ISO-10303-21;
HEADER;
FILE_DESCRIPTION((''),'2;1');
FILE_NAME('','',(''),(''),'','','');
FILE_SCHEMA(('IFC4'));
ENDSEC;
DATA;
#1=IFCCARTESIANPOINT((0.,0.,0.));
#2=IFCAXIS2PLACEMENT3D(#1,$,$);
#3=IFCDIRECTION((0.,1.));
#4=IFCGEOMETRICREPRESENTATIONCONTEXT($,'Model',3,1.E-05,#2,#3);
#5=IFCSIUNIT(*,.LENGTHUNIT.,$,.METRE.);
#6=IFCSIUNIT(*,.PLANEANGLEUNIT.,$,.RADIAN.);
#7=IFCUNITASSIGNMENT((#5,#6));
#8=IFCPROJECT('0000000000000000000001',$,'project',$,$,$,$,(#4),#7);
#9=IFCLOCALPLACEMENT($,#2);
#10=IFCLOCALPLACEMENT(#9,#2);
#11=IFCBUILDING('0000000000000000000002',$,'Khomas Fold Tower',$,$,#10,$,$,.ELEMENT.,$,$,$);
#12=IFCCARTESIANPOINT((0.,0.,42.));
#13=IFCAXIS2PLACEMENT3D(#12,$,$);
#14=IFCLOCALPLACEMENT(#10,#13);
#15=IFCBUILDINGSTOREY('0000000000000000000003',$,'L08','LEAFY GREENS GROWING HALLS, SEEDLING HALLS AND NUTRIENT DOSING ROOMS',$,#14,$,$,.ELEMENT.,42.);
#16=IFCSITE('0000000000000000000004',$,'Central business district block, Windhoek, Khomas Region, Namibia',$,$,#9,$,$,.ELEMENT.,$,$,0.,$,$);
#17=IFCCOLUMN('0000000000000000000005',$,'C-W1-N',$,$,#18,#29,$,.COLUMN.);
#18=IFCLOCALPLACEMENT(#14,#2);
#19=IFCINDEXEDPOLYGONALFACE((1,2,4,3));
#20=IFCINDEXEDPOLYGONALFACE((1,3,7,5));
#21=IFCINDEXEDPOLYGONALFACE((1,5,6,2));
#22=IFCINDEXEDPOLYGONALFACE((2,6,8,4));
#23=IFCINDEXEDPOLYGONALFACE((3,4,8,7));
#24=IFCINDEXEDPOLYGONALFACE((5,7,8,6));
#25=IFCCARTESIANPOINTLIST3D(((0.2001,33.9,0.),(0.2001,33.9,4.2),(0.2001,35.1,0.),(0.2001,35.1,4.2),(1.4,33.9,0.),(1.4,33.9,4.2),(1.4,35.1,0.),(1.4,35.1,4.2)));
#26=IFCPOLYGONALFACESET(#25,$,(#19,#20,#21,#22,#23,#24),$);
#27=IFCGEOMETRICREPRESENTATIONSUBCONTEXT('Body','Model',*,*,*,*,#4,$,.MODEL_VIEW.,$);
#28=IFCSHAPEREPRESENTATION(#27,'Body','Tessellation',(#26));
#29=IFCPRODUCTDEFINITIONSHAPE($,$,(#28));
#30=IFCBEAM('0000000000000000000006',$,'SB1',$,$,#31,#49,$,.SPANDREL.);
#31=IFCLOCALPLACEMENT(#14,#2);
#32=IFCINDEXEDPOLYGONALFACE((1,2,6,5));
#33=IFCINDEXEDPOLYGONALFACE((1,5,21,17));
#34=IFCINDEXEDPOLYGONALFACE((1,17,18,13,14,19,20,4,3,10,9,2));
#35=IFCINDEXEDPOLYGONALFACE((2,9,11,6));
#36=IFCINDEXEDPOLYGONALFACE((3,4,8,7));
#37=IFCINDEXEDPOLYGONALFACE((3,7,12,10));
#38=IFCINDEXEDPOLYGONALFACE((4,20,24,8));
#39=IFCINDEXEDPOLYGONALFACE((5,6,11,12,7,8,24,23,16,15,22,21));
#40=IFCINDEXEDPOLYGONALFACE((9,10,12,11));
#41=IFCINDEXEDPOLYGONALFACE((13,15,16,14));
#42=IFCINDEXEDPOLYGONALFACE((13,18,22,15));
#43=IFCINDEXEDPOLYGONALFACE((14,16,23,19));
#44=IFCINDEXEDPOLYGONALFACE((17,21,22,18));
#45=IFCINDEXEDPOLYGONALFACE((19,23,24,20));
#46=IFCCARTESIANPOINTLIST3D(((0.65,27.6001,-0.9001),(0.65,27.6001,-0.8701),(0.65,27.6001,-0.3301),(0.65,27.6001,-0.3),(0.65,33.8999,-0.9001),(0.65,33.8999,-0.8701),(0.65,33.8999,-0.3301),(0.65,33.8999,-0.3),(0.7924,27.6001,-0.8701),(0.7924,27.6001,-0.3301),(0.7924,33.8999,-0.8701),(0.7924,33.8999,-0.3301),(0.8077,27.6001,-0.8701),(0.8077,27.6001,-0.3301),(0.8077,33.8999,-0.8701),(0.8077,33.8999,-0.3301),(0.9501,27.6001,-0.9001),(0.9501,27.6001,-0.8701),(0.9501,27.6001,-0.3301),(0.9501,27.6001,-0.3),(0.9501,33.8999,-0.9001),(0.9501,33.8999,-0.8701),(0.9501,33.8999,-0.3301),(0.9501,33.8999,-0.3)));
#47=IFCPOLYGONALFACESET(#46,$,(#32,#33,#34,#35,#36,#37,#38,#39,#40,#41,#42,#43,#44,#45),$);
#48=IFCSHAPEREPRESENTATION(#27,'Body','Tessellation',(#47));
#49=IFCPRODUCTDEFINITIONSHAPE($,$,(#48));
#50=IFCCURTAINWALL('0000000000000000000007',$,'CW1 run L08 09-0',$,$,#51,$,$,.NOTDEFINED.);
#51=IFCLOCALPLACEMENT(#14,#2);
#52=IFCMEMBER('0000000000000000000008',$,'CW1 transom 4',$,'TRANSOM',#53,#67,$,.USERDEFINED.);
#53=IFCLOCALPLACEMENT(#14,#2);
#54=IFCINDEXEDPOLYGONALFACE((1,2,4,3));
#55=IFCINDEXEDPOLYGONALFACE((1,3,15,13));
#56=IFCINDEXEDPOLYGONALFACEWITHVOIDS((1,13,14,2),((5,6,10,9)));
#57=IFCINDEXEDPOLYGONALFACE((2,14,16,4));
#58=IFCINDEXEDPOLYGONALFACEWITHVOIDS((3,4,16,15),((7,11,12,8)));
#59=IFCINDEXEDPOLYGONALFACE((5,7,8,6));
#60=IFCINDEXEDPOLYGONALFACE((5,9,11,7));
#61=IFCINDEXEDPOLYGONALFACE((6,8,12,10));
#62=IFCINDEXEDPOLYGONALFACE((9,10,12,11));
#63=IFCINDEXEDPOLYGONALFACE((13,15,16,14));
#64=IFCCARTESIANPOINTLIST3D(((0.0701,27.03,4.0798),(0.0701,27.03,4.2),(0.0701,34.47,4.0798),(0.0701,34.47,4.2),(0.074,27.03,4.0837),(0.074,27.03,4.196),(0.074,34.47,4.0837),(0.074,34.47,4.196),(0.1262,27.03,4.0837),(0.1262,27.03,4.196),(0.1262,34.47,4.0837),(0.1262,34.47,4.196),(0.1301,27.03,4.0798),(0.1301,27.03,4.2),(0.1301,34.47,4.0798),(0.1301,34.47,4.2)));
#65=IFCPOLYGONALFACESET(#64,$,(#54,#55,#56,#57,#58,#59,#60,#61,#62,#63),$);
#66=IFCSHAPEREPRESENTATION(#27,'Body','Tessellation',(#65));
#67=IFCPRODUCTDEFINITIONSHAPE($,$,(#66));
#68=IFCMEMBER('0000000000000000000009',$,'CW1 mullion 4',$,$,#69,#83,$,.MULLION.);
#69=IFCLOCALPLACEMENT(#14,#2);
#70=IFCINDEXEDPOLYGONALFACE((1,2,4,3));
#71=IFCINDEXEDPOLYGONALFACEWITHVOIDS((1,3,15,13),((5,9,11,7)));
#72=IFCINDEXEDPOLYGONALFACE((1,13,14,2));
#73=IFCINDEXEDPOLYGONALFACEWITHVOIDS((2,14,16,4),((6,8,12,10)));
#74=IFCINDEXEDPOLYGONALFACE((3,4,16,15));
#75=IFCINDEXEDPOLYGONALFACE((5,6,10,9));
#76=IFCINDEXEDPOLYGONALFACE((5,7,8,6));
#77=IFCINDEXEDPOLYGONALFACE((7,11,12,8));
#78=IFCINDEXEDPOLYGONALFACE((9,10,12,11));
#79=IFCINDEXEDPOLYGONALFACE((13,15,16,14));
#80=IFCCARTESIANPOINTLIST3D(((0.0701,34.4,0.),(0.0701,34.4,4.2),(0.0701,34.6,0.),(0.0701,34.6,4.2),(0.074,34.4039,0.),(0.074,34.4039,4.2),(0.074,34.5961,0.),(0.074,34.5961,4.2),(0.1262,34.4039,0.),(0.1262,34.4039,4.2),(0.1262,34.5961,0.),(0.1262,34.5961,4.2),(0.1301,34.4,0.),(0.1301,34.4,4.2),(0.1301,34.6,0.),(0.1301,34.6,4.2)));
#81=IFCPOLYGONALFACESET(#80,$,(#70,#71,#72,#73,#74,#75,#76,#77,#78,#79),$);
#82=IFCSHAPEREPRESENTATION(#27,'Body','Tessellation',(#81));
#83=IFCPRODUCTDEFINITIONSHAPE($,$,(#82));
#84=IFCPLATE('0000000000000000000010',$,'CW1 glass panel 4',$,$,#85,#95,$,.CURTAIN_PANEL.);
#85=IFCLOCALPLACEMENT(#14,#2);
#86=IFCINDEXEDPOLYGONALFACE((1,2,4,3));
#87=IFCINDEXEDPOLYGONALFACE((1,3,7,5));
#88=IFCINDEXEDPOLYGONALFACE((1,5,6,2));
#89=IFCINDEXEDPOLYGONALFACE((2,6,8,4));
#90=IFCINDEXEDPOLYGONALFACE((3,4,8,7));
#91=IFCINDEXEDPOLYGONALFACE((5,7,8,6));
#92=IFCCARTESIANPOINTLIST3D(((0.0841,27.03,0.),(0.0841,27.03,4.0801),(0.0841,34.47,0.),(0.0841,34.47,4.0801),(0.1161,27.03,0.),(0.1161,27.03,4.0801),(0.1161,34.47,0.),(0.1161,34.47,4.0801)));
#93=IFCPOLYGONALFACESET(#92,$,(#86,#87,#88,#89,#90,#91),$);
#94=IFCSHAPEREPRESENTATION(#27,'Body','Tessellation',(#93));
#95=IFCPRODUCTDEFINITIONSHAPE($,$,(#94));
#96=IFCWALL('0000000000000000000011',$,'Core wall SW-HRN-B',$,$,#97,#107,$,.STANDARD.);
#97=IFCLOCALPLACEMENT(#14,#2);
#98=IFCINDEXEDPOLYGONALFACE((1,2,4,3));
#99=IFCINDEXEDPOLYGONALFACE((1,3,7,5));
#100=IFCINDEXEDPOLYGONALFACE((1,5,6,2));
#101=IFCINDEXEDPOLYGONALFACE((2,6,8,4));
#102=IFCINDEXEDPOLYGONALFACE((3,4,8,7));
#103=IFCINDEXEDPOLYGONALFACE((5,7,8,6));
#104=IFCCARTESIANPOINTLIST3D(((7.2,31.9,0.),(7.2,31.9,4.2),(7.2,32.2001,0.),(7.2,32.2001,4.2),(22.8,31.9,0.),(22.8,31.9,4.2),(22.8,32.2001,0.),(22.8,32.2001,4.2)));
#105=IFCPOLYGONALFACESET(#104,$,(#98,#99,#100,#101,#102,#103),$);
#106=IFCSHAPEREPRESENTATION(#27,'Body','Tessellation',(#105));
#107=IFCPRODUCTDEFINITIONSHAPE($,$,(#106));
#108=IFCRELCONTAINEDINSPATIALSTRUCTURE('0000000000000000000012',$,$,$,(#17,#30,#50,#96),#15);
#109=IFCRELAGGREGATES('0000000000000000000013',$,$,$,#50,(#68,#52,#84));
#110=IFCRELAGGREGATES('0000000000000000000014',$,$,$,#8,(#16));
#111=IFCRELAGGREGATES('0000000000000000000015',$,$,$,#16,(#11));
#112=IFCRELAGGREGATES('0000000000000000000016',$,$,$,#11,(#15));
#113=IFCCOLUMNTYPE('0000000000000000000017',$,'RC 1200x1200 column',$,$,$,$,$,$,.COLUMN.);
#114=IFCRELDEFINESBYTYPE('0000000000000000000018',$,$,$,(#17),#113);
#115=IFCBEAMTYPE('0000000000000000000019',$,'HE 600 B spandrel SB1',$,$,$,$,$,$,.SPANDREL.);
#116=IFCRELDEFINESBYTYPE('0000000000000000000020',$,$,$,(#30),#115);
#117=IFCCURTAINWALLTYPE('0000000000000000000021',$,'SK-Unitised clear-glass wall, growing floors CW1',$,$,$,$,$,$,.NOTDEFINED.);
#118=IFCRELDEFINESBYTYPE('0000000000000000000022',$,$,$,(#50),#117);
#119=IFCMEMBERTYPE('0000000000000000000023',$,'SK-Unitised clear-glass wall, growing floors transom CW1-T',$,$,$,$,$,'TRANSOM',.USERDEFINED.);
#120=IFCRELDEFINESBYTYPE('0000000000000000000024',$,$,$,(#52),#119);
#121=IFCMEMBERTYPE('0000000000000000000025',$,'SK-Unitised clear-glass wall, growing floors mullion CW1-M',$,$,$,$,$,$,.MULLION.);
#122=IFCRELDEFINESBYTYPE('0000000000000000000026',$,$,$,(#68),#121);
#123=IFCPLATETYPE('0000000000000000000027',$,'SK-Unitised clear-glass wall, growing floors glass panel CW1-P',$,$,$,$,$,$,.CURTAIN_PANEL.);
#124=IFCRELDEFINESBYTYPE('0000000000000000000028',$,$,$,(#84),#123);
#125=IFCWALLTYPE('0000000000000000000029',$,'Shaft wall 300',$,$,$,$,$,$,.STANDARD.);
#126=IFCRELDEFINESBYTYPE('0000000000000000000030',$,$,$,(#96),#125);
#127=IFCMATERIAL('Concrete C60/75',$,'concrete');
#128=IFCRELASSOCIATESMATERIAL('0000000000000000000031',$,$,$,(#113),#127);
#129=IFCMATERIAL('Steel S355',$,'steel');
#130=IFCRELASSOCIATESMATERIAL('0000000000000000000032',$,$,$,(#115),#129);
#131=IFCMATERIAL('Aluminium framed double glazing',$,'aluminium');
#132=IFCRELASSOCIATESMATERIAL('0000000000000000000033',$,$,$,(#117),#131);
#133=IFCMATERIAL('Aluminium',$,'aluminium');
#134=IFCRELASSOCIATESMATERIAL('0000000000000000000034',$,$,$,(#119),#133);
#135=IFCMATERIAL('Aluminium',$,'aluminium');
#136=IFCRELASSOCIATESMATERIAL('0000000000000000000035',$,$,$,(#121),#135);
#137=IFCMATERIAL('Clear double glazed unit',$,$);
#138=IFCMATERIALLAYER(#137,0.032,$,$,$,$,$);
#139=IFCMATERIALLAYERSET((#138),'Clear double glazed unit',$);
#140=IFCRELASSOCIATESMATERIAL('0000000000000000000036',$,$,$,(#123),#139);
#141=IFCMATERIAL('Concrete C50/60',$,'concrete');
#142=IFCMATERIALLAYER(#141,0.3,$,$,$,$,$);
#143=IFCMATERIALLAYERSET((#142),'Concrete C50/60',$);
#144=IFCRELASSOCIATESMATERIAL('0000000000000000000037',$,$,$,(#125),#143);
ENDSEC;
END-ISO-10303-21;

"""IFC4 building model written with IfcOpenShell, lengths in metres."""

from ifc_helpers import new_model, si_unit, direction, frame, frame_2d, origin, origin_2d, place, context, subcontext, project, spatial, rectangle, hollow_rectangle, i_section, extrude, source, transform, mapped, material, layer, layer_set, material_profile, profile_set, type_object, element, aggregate, save


model = new_model("IFC4")

# Units and contexts
model_context = context("Model", 3, precision=1e-05, world=origin(), true_north=direction((0.0, 1.0)))
body_context = subcontext(model_context, "Body", "Model", "MODEL_VIEW")
ifc_project = project(units=[si_unit("LENGTHUNIT", "METRE"), si_unit("PLANEANGLEUNIT", "RADIAN")], contexts=[model_context])

# Site, building, storey
site_placement = place(None, origin())
site = spatial("IfcSite", under=ifc_project, at=site_placement, Name="Central business district block, Windhoek, Khomas Region, Namibia", CompositionType="ELEMENT", RefElevation=0.0)
building_placement = place(site_placement, origin())
building = spatial("IfcBuilding", under=site, at=building_placement, Name="Khomas Fold Tower", CompositionType="ELEMENT")
storey_placement = place(building_placement, frame((0.0, 0.0, 42.0)))
storey = spatial("IfcBuildingStorey", under=building, at=storey_placement, Name="L08", Description="LEAFY GREENS GROWING HALLS, SEEDLING HALLS AND NUTRIENT DOSING ROOMS", CompositionType="ELEMENT", Elevation=42.0)

# Column
ifc_material_1 = material(Name="Concrete C60/75", Category="concrete")
ifc_material_profile_1 = material_profile(ifc_material_1, rectangle(XDim=1.2, YDim=1.2, at=origin_2d()), Name="RC 1200x1200")
ifc_profile_set_1 = profile_set([ifc_material_profile_1], Name="Concrete C60/75")
column_type = type_object("IfcColumnType", Name="RC 1200x1200 column", PredefinedType="COLUMN", material=ifc_profile_set_1)
shared_shape_1 = source(origin(), body_context, "Body", "SweptSolid", [
    extrude(rectangle(XDim=1.2, YDim=1.2, at=origin_2d()), origin(), (0.0, 0.0, 1.0), 4.2),
])
column_placement = place(storey_placement, frame((0.8, 34.5, 0.0), z_axis=(0.0, 0.0, 1.0), x_axis=(1.0, 0.0, 0.0)))
element("IfcColumn", 1, at=column_placement, inside=storey, type_object=column_type, Name="C-W1-N", PredefinedType="COLUMN", context=body_context, shape_type="MappedRepresentation", body=[
    mapped(shared_shape_1, transform((0.0, 0.0, 0.0))),
])

# Beam
ifc_material_2 = material(Name="Steel S355", Category="steel")
ifc_material_profile_2 = material_profile(ifc_material_2, i_section(OverallWidth=0.3, OverallDepth=0.6001, WebThickness=0.0154, FlangeThickness=0.03, at=origin_2d()), Name="HE 600 B")
ifc_profile_set_2 = profile_set([ifc_material_profile_2], Name="Steel S355")
beam_type = type_object("IfcBeamType", Name="HE 600 B spandrel SB1", PredefinedType="SPANDREL", material=ifc_profile_set_2)
shared_shape_2 = source(origin(), body_context, "Body", "SweptSolid", [
    extrude(i_section(OverallWidth=0.3, OverallDepth=0.6001, WebThickness=0.0154, FlangeThickness=0.03, at=origin_2d()), origin(), (0.0, 0.0, 1.0), 6.2998),
])
beam_placement = place(storey_placement, frame((0.8, 27.6001, -0.6001), z_axis=(0.0, 1.0, 0.0), x_axis=(-1.0, 0.0, 0.0)))
element("IfcBeam", 2, at=beam_placement, inside=storey, type_object=beam_type, Name="SB1", PredefinedType="SPANDREL", context=body_context, shape_type="MappedRepresentation", body=[
    mapped(shared_shape_2, transform((0.0, 0.0, 0.0))),
])

# Curtain wall, members, plate
ifc_material_3 = material(Name="Aluminium framed double glazing", Category="aluminium")
curtain_wall_type = type_object("IfcCurtainWallType", Name="SK-Unitised clear-glass wall, growing floors CW1", PredefinedType="NOTDEFINED", material=ifc_material_3)
curtain_wall_placement = place(storey_placement, origin())
curtain_wall = element("IfcCurtainWall", 3, at=curtain_wall_placement, inside=storey, type_object=curtain_wall_type, Name="CW1 run L08 09-0", PredefinedType="NOTDEFINED")
ifc_material_4 = material(Name="Aluminium", Category="aluminium")
ifc_material_profile_3 = material_profile(ifc_material_4, hollow_rectangle(XDim=0.0601, YDim=0.1201, WallThickness=0.0039, at=origin_2d()), Name="SK-Unitised clear-glass wall, growing floors transom CW1-T")
ifc_profile_set_3 = profile_set([ifc_material_profile_3], Name="Aluminium")
member_type_1 = type_object("IfcMemberType", Name="SK-Unitised clear-glass wall, growing floors transom CW1-T", ElementType="TRANSOM", PredefinedType="USERDEFINED", material=ifc_profile_set_3)
shared_shape_3 = source(origin(), body_context, "Body", "SweptSolid", [
    extrude(hollow_rectangle(XDim=0.0601, YDim=0.1201, WallThickness=0.0039, at=origin_2d()), origin(), (0.0, 0.0, 1.0), 7.4399),
])
member_1_placement = place(storey_placement, frame((0.1001, 34.47, 4.1399), z_axis=(0.0, -1.0, 0.0), x_axis=(1.0, 0.0, 0.0)))
member_1 = element("IfcMember", 4, at=member_1_placement, type_object=member_type_1, Name="CW1 transom 4", ObjectType="TRANSOM", PredefinedType="USERDEFINED", context=body_context, shape_type="MappedRepresentation", body=[
    mapped(shared_shape_3, transform((0.0, 0.0, 0.0))),
])
ifc_material_5 = material(Name="Aluminium", Category="aluminium")
ifc_material_profile_4 = material_profile(ifc_material_5, hollow_rectangle(XDim=0.0601, YDim=0.2, WallThickness=0.0039, at=origin_2d()), Name="SK-Unitised clear-glass wall, growing floors mullion CW1-M")
ifc_profile_set_4 = profile_set([ifc_material_profile_4], Name="Aluminium")
member_type_2 = type_object("IfcMemberType", Name="SK-Unitised clear-glass wall, growing floors mullion CW1-M", PredefinedType="MULLION", material=ifc_profile_set_4)
shared_shape_4 = source(origin(), body_context, "Body", "SweptSolid", [
    extrude(hollow_rectangle(XDim=0.0601, YDim=0.2, WallThickness=0.0039, at=origin_2d()), origin(), (0.0, 0.0, 1.0), 4.2),
])
member_2_placement = place(storey_placement, frame((0.1001, 34.5, 0.0), z_axis=(0.0, 0.0, 1.0), x_axis=(1.0, 0.0, 0.0)))
member_2 = element("IfcMember", 5, at=member_2_placement, type_object=member_type_2, Name="CW1 mullion 4", PredefinedType="MULLION", context=body_context, shape_type="MappedRepresentation", body=[
    mapped(shared_shape_4, transform((0.0, 0.0, 0.0))),
])
ifc_material_6 = material(Name="Clear double glazed unit")
ifc_layer_1 = layer(ifc_material_6, 0.032)
ifc_layer_set_1 = layer_set([ifc_layer_1], Name="Clear double glazed unit")
plate_type = type_object("IfcPlateType", Name="SK-Unitised clear-glass wall, growing floors glass panel CW1-P", PredefinedType="CURTAIN_PANEL", material=ifc_layer_set_1)
shared_shape_5 = source(origin(), body_context, "Body", "SweptSolid", [
    extrude(rectangle(XDim=7.4399, YDim=0.032, at=origin_2d()), origin(), (0.0, 0.0, 1.0), 4.0801),
])
plate_placement = place(storey_placement, frame((0.1001, 30.75, 0.0), z_axis=(0.0, 0.0, 1.0), x_axis=(0.0, -1.0, 0.0)))
plate = element("IfcPlate", 6, at=plate_placement, type_object=plate_type, Name="CW1 glass panel 4", PredefinedType="CURTAIN_PANEL", context=body_context, shape_type="MappedRepresentation", body=[
    mapped(shared_shape_5, transform((0.0, 0.0, 0.0))),
])
aggregate(curtain_wall, [member_2, member_1, plate])

# Wall
ifc_material_7 = material(Name="Concrete C50/60", Category="concrete")
ifc_layer_2 = layer(ifc_material_7, 0.3)
ifc_layer_set_2 = layer_set([ifc_layer_2], Name="Concrete C50/60")
wall_type_1 = type_object("IfcWallType", Name="Shaft wall 300", PredefinedType="STANDARD", material=ifc_layer_set_2)
shared_shape_6 = source(origin(), body_context, "Body", "SweptSolid", [
    extrude(rectangle(XDim=15.6001, YDim=0.3, at=frame_2d((7.8, 0.0))), origin(), (0.0, 0.0, 1.0), 4.2),
])
wall_1_placement = place(storey_placement, frame((7.2, 32.05, 0.0), z_axis=(0.0, 0.0, 1.0), x_axis=(1.0, 0.0, 0.0)))
element("IfcWall", 7, at=wall_1_placement, inside=storey, type_object=wall_type_1, Name="Core wall SW-HRN-B", PredefinedType="STANDARD", context=body_context, shape_type="MappedRepresentation", body=[
    mapped(shared_shape_6, transform((0.0, 0.0, 0.0))),
])

save(model, "model.ifc")
